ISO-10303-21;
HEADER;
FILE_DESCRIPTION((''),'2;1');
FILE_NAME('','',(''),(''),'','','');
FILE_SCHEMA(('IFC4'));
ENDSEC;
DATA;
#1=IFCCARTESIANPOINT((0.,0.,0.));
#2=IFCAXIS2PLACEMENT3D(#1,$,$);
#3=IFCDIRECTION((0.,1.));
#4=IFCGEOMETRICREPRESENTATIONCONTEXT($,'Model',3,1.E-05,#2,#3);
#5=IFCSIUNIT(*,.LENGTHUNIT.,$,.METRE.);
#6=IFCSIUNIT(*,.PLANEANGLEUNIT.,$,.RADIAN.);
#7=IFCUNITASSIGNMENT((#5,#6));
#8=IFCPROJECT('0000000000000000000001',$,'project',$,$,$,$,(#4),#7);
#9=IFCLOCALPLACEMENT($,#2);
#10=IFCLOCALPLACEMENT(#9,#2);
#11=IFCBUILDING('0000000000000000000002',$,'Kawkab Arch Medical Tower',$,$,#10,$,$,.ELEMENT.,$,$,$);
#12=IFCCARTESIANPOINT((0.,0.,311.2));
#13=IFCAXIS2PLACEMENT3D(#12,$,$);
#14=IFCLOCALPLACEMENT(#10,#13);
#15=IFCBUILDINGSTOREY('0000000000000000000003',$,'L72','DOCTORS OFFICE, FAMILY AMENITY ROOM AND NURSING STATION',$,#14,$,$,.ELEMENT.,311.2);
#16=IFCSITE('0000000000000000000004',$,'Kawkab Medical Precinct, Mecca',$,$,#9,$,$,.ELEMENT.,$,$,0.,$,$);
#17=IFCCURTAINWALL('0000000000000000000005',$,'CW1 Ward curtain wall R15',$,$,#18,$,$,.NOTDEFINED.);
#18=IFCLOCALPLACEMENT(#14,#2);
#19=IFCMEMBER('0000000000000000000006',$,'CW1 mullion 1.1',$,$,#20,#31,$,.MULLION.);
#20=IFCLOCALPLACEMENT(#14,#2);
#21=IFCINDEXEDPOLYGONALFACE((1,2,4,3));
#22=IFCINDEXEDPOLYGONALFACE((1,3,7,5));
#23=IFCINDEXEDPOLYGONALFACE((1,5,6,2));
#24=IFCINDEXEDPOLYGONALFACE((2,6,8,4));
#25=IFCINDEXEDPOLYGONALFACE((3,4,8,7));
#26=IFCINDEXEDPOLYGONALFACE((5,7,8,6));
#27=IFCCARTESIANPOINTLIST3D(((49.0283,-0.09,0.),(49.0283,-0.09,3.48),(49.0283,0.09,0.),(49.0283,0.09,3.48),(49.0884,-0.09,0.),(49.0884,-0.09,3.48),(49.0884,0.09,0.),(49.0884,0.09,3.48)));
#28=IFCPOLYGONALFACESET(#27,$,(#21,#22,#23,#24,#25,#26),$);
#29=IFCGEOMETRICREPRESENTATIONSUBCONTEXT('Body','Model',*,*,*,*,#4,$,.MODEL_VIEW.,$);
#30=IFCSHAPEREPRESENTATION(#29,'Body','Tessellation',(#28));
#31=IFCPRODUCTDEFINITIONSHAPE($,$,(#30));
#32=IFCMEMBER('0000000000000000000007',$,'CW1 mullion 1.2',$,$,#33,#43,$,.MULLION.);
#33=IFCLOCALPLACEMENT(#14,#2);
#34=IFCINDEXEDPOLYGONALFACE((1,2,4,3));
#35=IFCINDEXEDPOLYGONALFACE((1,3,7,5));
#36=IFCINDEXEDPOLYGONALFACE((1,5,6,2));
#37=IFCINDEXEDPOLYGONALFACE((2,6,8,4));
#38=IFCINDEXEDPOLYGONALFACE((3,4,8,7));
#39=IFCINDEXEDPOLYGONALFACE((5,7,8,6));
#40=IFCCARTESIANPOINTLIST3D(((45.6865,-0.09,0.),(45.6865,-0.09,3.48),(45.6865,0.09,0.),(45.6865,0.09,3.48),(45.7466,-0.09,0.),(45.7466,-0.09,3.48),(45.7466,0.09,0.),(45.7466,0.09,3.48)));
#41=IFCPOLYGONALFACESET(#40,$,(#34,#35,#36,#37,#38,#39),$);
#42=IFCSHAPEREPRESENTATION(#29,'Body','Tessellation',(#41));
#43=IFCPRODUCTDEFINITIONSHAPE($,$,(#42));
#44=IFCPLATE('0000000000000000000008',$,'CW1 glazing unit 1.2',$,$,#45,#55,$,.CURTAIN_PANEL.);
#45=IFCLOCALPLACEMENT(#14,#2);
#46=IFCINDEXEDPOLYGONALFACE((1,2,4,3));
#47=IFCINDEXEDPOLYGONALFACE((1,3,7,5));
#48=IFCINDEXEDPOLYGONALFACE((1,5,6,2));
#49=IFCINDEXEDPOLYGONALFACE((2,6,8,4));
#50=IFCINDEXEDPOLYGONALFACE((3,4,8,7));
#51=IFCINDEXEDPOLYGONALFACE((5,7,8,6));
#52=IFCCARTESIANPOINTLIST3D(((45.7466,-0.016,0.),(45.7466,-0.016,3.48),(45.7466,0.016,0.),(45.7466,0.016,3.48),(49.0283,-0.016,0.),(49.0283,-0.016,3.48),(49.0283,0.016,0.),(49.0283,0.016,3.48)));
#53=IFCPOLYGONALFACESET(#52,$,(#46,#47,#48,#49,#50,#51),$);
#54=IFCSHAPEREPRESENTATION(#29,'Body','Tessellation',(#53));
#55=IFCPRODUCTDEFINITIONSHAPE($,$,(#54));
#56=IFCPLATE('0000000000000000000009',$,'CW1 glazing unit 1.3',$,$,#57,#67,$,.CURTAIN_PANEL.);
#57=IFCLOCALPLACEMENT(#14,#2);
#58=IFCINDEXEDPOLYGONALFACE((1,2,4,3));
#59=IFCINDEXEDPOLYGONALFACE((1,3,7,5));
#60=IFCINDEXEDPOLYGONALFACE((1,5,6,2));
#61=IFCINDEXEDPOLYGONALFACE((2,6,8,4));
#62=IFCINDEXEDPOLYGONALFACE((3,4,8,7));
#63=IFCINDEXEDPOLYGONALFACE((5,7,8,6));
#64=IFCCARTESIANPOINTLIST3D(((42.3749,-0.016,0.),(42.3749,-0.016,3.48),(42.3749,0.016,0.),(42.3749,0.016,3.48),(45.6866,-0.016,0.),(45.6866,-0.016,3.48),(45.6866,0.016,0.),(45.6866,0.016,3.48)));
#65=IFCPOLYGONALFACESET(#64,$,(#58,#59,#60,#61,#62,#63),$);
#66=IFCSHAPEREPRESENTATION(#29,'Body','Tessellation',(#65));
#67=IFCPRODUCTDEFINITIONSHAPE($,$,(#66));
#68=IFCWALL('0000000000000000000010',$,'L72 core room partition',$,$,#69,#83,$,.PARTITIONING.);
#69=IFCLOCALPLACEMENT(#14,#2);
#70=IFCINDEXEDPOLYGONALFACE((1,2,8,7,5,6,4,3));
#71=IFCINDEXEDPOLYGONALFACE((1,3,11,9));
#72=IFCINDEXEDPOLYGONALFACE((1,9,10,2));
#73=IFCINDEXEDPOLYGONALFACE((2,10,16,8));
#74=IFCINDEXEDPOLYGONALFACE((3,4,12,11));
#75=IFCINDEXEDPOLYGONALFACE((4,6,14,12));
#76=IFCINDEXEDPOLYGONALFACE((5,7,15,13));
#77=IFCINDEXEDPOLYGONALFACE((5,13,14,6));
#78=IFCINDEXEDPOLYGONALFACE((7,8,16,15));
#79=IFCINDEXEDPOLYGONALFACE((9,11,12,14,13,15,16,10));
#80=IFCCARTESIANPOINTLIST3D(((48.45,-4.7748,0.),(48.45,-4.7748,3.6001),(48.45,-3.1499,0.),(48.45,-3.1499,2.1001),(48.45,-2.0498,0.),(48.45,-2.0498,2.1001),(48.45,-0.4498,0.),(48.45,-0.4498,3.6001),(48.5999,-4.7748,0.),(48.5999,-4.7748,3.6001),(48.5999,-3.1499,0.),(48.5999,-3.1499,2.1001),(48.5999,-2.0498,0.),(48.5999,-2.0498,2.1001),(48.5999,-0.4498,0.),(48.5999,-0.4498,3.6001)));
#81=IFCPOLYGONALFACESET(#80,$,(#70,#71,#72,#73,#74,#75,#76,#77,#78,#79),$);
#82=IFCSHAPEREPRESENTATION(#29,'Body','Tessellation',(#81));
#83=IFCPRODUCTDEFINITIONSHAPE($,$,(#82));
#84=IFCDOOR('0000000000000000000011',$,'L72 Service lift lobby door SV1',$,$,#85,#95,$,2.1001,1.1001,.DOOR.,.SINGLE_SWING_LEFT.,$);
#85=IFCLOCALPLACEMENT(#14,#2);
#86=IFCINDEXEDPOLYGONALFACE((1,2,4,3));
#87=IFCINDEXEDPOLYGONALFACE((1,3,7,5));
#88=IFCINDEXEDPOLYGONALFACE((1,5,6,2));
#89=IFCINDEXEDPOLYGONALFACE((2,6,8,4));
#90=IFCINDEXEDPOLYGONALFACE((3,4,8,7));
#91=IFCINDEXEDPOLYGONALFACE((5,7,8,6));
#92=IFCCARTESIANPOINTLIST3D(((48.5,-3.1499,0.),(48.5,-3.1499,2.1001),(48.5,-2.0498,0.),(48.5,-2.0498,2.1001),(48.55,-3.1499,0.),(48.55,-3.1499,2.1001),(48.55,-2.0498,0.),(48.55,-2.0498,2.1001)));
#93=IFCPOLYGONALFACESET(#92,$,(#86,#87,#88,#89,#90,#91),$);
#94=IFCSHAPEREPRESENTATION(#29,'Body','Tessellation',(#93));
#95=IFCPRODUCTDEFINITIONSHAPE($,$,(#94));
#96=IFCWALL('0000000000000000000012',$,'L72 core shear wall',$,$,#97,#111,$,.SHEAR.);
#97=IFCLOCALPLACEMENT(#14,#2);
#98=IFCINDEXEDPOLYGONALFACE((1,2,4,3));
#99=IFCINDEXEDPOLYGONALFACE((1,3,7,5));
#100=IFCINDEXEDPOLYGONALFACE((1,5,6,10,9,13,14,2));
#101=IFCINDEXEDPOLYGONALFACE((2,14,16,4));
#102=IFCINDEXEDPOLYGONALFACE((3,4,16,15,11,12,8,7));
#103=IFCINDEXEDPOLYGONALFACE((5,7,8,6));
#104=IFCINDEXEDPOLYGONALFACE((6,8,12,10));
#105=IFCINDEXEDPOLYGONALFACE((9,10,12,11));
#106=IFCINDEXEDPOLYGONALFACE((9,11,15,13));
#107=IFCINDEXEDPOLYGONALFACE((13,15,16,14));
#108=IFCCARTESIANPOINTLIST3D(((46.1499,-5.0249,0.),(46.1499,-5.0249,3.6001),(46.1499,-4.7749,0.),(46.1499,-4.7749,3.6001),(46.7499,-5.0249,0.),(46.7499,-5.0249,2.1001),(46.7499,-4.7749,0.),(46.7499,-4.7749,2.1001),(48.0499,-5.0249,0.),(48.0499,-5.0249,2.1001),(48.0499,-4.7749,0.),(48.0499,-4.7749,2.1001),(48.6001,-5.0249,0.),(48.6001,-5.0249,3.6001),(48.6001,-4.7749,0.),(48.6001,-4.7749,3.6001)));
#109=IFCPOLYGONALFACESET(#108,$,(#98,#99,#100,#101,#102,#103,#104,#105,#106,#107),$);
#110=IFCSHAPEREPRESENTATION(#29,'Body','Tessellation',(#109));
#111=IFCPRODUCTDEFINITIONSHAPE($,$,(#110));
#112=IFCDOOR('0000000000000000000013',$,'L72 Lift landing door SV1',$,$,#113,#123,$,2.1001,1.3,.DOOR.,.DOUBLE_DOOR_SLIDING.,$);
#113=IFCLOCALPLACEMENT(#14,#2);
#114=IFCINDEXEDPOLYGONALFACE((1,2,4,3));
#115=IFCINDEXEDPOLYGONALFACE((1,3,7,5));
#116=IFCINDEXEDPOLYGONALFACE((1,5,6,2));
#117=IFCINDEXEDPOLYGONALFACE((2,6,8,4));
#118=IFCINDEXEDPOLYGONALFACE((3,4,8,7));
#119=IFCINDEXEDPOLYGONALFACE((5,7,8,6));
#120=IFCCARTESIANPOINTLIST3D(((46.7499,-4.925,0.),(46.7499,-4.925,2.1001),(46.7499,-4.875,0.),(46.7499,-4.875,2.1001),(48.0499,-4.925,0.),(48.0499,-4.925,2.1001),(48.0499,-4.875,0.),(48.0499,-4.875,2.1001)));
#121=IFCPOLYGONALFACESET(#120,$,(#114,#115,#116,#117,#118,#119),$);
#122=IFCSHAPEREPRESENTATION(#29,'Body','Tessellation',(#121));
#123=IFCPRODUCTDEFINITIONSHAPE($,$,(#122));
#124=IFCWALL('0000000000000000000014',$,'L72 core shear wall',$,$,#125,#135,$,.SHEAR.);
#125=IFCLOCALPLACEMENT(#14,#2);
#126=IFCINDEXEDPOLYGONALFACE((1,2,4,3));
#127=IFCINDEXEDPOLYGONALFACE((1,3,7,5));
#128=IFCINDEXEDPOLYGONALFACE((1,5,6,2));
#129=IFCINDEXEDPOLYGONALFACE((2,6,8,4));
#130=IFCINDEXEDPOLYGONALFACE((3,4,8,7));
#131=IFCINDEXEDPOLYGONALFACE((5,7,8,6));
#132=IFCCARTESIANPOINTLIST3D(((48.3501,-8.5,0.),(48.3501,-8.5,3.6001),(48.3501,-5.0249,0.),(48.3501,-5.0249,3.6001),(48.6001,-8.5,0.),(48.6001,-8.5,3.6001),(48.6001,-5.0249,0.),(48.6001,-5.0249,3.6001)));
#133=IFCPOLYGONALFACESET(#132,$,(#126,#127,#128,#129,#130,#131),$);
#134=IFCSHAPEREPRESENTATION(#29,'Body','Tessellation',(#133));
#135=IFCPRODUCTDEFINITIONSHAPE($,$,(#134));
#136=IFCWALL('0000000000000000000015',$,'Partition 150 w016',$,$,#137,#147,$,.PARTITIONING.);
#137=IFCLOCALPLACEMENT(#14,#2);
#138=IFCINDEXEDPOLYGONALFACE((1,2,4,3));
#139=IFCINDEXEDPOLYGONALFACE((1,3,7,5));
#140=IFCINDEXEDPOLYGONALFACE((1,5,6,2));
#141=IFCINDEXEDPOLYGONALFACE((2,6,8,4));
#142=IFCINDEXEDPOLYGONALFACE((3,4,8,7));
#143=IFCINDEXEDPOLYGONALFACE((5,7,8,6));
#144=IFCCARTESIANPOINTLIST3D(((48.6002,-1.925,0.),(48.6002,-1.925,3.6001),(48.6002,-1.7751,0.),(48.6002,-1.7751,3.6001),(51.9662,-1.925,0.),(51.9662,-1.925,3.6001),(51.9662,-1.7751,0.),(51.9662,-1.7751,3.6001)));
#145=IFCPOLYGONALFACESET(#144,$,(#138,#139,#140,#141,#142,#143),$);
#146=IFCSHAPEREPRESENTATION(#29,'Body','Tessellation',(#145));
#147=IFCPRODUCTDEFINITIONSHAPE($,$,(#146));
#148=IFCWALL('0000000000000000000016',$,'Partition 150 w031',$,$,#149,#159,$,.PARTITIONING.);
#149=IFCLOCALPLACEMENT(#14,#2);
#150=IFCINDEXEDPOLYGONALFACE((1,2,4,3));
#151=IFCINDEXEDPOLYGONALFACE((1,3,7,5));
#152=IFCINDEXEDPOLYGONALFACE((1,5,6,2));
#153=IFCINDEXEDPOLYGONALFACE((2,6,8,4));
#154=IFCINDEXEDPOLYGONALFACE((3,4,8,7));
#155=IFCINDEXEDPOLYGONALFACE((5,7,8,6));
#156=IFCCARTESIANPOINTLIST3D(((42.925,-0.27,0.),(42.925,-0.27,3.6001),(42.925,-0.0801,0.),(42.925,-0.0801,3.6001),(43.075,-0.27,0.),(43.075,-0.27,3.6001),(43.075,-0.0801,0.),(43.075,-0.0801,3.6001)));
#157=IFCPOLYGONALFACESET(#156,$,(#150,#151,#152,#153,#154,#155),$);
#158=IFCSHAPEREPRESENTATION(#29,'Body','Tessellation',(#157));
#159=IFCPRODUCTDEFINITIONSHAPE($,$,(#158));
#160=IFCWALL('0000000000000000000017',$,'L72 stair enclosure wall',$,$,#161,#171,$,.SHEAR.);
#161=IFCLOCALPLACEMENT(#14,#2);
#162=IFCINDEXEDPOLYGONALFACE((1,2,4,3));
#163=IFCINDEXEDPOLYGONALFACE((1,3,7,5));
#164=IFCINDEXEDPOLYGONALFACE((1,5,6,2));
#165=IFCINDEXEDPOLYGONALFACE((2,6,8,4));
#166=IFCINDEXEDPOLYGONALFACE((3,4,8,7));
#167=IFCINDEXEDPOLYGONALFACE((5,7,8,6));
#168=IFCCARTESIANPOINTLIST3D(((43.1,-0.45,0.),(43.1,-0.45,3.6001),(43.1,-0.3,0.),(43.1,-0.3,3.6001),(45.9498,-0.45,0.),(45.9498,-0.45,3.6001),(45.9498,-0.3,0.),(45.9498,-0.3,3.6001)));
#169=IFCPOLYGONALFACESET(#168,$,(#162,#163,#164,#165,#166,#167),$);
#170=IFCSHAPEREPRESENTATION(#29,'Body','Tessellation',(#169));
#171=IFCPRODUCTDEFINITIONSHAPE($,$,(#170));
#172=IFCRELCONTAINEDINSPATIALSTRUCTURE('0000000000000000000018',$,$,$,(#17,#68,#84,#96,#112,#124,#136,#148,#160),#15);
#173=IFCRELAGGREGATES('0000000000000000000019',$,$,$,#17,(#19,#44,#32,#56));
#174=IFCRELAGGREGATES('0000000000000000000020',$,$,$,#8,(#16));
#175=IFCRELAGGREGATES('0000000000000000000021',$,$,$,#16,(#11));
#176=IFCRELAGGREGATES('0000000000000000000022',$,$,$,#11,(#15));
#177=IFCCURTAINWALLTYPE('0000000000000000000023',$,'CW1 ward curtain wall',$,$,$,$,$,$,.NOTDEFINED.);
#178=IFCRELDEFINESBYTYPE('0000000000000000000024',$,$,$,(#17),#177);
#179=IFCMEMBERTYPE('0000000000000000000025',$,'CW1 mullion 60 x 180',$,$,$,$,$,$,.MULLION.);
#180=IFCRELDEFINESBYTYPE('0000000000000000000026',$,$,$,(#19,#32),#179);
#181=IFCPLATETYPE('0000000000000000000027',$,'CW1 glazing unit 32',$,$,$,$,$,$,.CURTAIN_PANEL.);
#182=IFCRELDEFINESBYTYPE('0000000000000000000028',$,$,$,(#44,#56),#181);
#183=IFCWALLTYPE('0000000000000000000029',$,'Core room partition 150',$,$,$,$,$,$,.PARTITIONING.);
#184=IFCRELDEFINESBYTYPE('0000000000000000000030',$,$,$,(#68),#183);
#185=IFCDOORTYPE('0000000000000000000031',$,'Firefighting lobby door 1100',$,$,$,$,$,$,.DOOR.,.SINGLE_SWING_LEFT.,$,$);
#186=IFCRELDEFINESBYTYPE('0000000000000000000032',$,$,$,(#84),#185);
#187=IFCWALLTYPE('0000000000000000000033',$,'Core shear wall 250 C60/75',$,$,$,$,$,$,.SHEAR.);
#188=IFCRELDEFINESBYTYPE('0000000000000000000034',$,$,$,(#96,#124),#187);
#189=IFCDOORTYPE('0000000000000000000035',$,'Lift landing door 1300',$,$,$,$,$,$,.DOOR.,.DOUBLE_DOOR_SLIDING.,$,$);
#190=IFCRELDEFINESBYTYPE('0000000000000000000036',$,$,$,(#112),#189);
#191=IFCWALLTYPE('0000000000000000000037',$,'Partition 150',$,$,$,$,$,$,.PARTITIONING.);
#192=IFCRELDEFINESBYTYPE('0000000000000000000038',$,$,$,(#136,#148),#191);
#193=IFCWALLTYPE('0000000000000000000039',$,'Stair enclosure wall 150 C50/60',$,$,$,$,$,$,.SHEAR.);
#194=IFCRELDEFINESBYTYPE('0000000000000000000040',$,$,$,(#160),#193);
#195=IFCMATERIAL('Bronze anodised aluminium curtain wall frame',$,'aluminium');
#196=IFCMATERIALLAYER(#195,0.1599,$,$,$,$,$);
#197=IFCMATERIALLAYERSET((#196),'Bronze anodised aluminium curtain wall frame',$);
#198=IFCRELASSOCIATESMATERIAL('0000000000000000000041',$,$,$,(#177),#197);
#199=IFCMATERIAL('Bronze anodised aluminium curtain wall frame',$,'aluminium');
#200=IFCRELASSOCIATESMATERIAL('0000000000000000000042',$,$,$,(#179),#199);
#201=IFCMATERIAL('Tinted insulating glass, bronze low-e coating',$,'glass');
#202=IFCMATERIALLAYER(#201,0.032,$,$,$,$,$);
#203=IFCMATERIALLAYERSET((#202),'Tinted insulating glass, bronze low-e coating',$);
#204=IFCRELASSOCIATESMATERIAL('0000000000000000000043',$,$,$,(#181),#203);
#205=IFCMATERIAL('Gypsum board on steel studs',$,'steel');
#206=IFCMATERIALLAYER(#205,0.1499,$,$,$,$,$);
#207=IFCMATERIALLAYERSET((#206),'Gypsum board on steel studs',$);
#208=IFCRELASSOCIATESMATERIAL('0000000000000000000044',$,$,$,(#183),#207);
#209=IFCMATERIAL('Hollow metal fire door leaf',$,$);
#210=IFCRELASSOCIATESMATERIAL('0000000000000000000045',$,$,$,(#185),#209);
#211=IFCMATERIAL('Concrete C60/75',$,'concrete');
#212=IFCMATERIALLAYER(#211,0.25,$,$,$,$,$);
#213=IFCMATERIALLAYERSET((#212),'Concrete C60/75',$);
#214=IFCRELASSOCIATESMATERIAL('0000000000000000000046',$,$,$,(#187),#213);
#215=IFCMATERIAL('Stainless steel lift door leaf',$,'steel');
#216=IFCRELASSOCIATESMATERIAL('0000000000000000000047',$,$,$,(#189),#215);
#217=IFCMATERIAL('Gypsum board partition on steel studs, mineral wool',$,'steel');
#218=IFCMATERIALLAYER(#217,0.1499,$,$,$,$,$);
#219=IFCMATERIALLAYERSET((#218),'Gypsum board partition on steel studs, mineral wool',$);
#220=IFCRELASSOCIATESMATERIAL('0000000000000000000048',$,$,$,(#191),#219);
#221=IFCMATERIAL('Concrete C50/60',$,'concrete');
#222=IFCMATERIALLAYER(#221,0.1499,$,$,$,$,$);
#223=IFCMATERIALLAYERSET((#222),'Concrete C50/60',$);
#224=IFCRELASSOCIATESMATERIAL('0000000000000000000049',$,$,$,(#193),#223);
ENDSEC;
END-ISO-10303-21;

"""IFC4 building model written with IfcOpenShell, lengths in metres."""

from ifc_helpers import new_model, si_unit, direction, frame, frame_2d, origin, origin_2d, place, context, subcontext, project, spatial, rectangle, extrude, material, layer, layer_set, material_profile, profile_set, type_object, element, fill, aggregate, save


model = new_model("IFC4")

# Units and contexts
model_context = context("Model", 3, precision=1e-05, world=origin(), true_north=direction((0.0, 1.0)))
body_context = subcontext(model_context, "Body", "Model", "MODEL_VIEW")
ifc_project = project(units=[si_unit("LENGTHUNIT", "METRE"), si_unit("PLANEANGLEUNIT", "RADIAN")], contexts=[model_context])

# Site, building, storey
site_placement = place(None, origin())
site = spatial("IfcSite", under=ifc_project, at=site_placement, Name="Kawkab Medical Precinct, Mecca", CompositionType="ELEMENT", RefElevation=0.0)
building_placement = place(site_placement, origin())
building = spatial("IfcBuilding", under=site, at=building_placement, Name="Kawkab Arch Medical Tower", CompositionType="ELEMENT")
storey_placement = place(building_placement, frame((0.0, 0.0, 311.2)))
storey = spatial("IfcBuildingStorey", under=building, at=storey_placement, Name="L72", Description="DOCTORS OFFICE, FAMILY AMENITY ROOM AND NURSING STATION", CompositionType="ELEMENT", Elevation=311.2)

# Curtain wall, members, plates
ifc_material_1 = material(Name="Bronze anodised aluminium curtain wall frame", Category="aluminium")
ifc_layer_1 = layer(ifc_material_1, 0.1599)
ifc_layer_set_1 = layer_set([ifc_layer_1], Name="Bronze anodised aluminium curtain wall frame")
curtain_wall_type = type_object("IfcCurtainWallType", Name="CW1 ward curtain wall", PredefinedType="NOTDEFINED", material=ifc_layer_set_1)
placement = place(storey_placement, origin())
curtain_wall = element("IfcCurtainWall", 1, at=placement, inside=storey, type_object=curtain_wall_type, Name="CW1 Ward curtain wall R15", PredefinedType="NOTDEFINED")
ifc_material_2 = material(Name="Bronze anodised aluminium curtain wall frame", Category="aluminium")
ifc_material_profile_1 = material_profile(ifc_material_2, rectangle(XDim=0.1799, YDim=0.0601, at=origin_2d()), Name="AL 60x180")
ifc_profile_set_1 = profile_set([ifc_material_profile_1], Name="Bronze anodised aluminium curtain wall frame")
member_type = type_object("IfcMemberType", Name="CW1 mullion 60 x 180", PredefinedType="MULLION", material=ifc_profile_set_1)
member_1_placement = place(storey_placement, frame((49.0583, 0.0, 0.0), z_axis=(0.0, 0.0, 1.0), x_axis=(0.0, -1.0, 0.0)))
member_1 = element("IfcMember", 2, at=member_1_placement, type_object=member_type, Name="CW1 mullion 1.1", PredefinedType="MULLION", context=body_context, shape_type="SweptSolid", body=[
    extrude(rectangle(XDim=0.1799, YDim=0.0601, at=origin_2d()), origin(), (0.0, 0.0, 1.0), 3.48),
])
member_2_placement = place(storey_placement, frame((45.7166, 0.0, 0.0), z_axis=(0.0, 0.0, 1.0), x_axis=(0.0, -1.0, 0.0)))
member_2 = element("IfcMember", 3, at=member_2_placement, type_object=member_type, Name="CW1 mullion 1.2", PredefinedType="MULLION", context=body_context, shape_type="SweptSolid", body=[
    extrude(rectangle(XDim=0.1799, YDim=0.0601, at=origin_2d()), origin(), (0.0, 0.0, 1.0), 3.48),
])
ifc_material_3 = material(Name="Tinted insulating glass, bronze low-e coating", Category="glass")
ifc_layer_2 = layer(ifc_material_3, 0.032)
ifc_layer_set_2 = layer_set([ifc_layer_2], Name="Tinted insulating glass, bronze low-e coating")
plate_type = type_object("IfcPlateType", Name="CW1 glazing unit 32", PredefinedType="CURTAIN_PANEL", material=ifc_layer_set_2)
plate_1_placement = place(storey_placement, frame((47.3875, 0.0, 0.0), z_axis=(0.0, 0.0, 1.0), x_axis=(-1.0, 0.0, 0.0)))
plate_1 = element("IfcPlate", 4, at=plate_1_placement, type_object=plate_type, Name="CW1 glazing unit 1.2", PredefinedType="CURTAIN_PANEL", context=body_context, shape_type="SweptSolid", body=[
    extrude(rectangle(XDim=3.2817, YDim=0.032, at=origin_2d()), origin(), (0.0, 0.0, 1.0), 3.48),
])
plate_2_placement = place(storey_placement, frame((44.0308, 0.0, 0.0), z_axis=(0.0, 0.0, 1.0), x_axis=(-1.0, 0.0, 0.0)))
plate_2 = element("IfcPlate", 5, at=plate_2_placement, type_object=plate_type, Name="CW1 glazing unit 1.3", PredefinedType="CURTAIN_PANEL", context=body_context, shape_type="SweptSolid", body=[
    extrude(rectangle(XDim=3.3118, YDim=0.032, at=origin_2d()), origin(), (0.0, 0.0, 1.0), 3.48),
])
aggregate(curtain_wall, [member_1, plate_1, member_2, plate_2])

# Walls, openings, doors
ifc_material_4 = material(Name="Gypsum board on steel studs", Category="steel")
ifc_layer_3 = layer(ifc_material_4, 0.1499)
ifc_layer_set_3 = layer_set([ifc_layer_3], Name="Gypsum board on steel studs")
wall_type_1 = type_object("IfcWallType", Name="Core room partition 150", PredefinedType="PARTITIONING", material=ifc_layer_set_3)
wall_1_placement = place(storey_placement, frame((48.5249, -4.7749, 0.0), z_axis=(0.0, 0.0, 1.0), x_axis=(0.0, 1.0, 0.0)))
wall_1 = element("IfcWall", 6, at=wall_1_placement, inside=storey, type_object=wall_type_1, Name="L72 core room partition", PredefinedType="PARTITIONING", context=body_context, shape_type="SweptSolid", body=[
    extrude(rectangle(XDim=4.325, YDim=0.1499, at=frame_2d((2.1626, 0.0))), origin(), (0.0, 0.0, 1.0), 3.6001),
])
opening_1_placement = place(wall_1_placement, frame((1.625, 0.0, 0.0)))
opening_1 = element("IfcOpeningElement", 7, at=opening_1_placement, cuts=wall_1, PredefinedType="OPENING", context=body_context, shape_type="SweptSolid", body=[
    extrude(rectangle(XDim=1.1001, YDim=2.1001, at=frame_2d((0.55, 1.05))), frame((0.0, 0.085, 0.0), z_axis=(0.0, -1.0, 0.0), x_axis=(1.0, 0.0, 0.0)), (0.0, 0.0, 1.0), 0.1699),
])
ifc_material_5 = material(Name="Hollow metal fire door leaf")
door_type_1 = type_object("IfcDoorType", Name="Firefighting lobby door 1100", OperationType="SINGLE_SWING_LEFT", PredefinedType="DOOR", material=ifc_material_5)
door_1_placement = place(opening_1_placement, origin())
door_1 = element("IfcDoor", 8, at=door_1_placement, inside=storey, type_object=door_type_1, Name="L72 Service lift lobby door SV1", OperationType="SINGLE_SWING_LEFT", OverallHeight=2.1001, OverallWidth=1.1001, PredefinedType="DOOR", context=body_context, shape_type="SweptSolid", body=[
    extrude(rectangle(XDim=1.1001, YDim=2.1001, at=frame_2d((0.55, 1.05))), frame((0.0, 0.0249, 0.0), z_axis=(0.0, -1.0, 0.0), x_axis=(1.0, 0.0, 0.0)), (0.0, 0.0, 1.0), 0.05),
])
fill(opening_1, door_1)
ifc_material_6 = material(Name="Concrete C60/75", Category="concrete")
ifc_layer_4 = layer(ifc_material_6, 0.25)
ifc_layer_set_4 = layer_set([ifc_layer_4], Name="Concrete C60/75")
wall_type_2 = type_object("IfcWallType", Name="Core shear wall 250 C60/75", PredefinedType="SHEAR", material=ifc_layer_set_4)
wall_2_placement = place(storey_placement, frame((46.1499, -4.8999, 0.0), z_axis=(0.0, 0.0, 1.0), x_axis=(1.0, 0.0, 0.0)))
wall_2 = element("IfcWall", 9, at=wall_2_placement, inside=storey, type_object=wall_type_2, Name="L72 core shear wall", PredefinedType="SHEAR", context=body_context, shape_type="SweptSolid", body=[
    extrude(rectangle(XDim=2.4502, YDim=0.25, at=frame_2d((1.2251, 0.0))), origin(), (0.0, 0.0, 1.0), 3.6001),
])
opening_2_placement = place(wall_2_placement, frame((0.6001, 0.0, 0.0)))
opening_2 = element("IfcOpeningElement", 10, at=opening_2_placement, cuts=wall_2, PredefinedType="OPENING", context=body_context, shape_type="SweptSolid", body=[
    extrude(rectangle(XDim=1.3, YDim=2.1001, at=frame_2d((0.6499, 1.05))), frame((0.0, 0.135, 0.0), z_axis=(0.0, -1.0, 0.0), x_axis=(1.0, 0.0, 0.0)), (0.0, 0.0, 1.0), 0.27),
])
ifc_material_7 = material(Name="Stainless steel lift door leaf", Category="steel")
door_type_2 = type_object("IfcDoorType", Name="Lift landing door 1300", OperationType="DOUBLE_DOOR_SLIDING", PredefinedType="DOOR", material=ifc_material_7)
door_2_placement = place(opening_2_placement, origin())
door_2 = element("IfcDoor", 11, at=door_2_placement, inside=storey, type_object=door_type_2, Name="L72 Lift landing door SV1", OperationType="DOUBLE_DOOR_SLIDING", OverallHeight=2.1001, OverallWidth=1.3, PredefinedType="DOOR", context=body_context, shape_type="SweptSolid", body=[
    extrude(rectangle(XDim=1.3, YDim=2.1001, at=frame_2d((0.6499, 1.05))), frame((0.0, 0.0249, 0.0), z_axis=(0.0, -1.0, 0.0), x_axis=(1.0, 0.0, 0.0)), (0.0, 0.0, 1.0), 0.05),
])
fill(opening_2, door_2)

# Walls
wall_3_placement = place(storey_placement, frame((48.4751, -8.5, 0.0), z_axis=(0.0, 0.0, 1.0), x_axis=(0.0, 1.0, 0.0)))
element("IfcWall", 12, at=wall_3_placement, inside=storey, type_object=wall_type_2, Name="L72 core shear wall", PredefinedType="SHEAR", context=body_context, shape_type="SweptSolid", body=[
    extrude(rectangle(XDim=3.4751, YDim=0.25, at=frame_2d((1.7375, 0.0))), origin(), (0.0, 0.0, 1.0), 3.6001),
])
ifc_material_8 = material(Name="Gypsum board partition on steel studs, mineral wool", Category="steel")
ifc_layer_5 = layer(ifc_material_8, 0.1499)
ifc_layer_set_5 = layer_set([ifc_layer_5], Name="Gypsum board partition on steel studs, mineral wool")
wall_type_3 = type_object("IfcWallType", Name="Partition 150", PredefinedType="PARTITIONING", material=ifc_layer_set_5)
wall_4_placement = place(storey_placement, frame((48.6001, -1.8501, 0.0), z_axis=(0.0, 0.0, 1.0), x_axis=(1.0, 0.0, 0.0)))
element("IfcWall", 13, at=wall_4_placement, inside=storey, type_object=wall_type_3, Name="Partition 150 w016", PredefinedType="PARTITIONING", context=body_context, shape_type="SweptSolid", body=[
    extrude(rectangle(XDim=3.366, YDim=0.1499, at=frame_2d((1.6831, 0.0))), origin(), (0.0, 0.0, 1.0), 3.6001),
])
wall_5_placement = place(storey_placement, frame((43.0, -0.27, 0.0), z_axis=(0.0, 0.0, 1.0), x_axis=(0.0, 1.0, 0.0)))
element("IfcWall", 14, at=wall_5_placement, inside=storey, type_object=wall_type_3, Name="Partition 150 w031", PredefinedType="PARTITIONING", context=body_context, shape_type="SweptSolid", body=[
    extrude(rectangle(XDim=0.1899, YDim=0.1499, at=frame_2d((0.095, 0.0))), origin(), (0.0, 0.0, 1.0), 3.6001),
])
ifc_material_9 = material(Name="Concrete C50/60", Category="concrete")
ifc_layer_6 = layer(ifc_material_9, 0.1499)
ifc_layer_set_6 = layer_set([ifc_layer_6], Name="Concrete C50/60")
wall_type_4 = type_object("IfcWallType", Name="Stair enclosure wall 150 C50/60", PredefinedType="SHEAR", material=ifc_layer_set_6)
wall_6_placement = place(storey_placement, frame((43.1001, -0.375, 0.0), z_axis=(0.0, 0.0, 1.0), x_axis=(1.0, 0.0, 0.0)))
element("IfcWall", 15, at=wall_6_placement, inside=storey, type_object=wall_type_4, Name="L72 stair enclosure wall", PredefinedType="SHEAR", context=body_context, shape_type="SweptSolid", body=[
    extrude(rectangle(XDim=2.8499, YDim=0.1499, at=frame_2d((1.4248, 0.0))), origin(), (0.0, 0.0, 1.0), 3.6001),
])

save(model, "model.ifc")
